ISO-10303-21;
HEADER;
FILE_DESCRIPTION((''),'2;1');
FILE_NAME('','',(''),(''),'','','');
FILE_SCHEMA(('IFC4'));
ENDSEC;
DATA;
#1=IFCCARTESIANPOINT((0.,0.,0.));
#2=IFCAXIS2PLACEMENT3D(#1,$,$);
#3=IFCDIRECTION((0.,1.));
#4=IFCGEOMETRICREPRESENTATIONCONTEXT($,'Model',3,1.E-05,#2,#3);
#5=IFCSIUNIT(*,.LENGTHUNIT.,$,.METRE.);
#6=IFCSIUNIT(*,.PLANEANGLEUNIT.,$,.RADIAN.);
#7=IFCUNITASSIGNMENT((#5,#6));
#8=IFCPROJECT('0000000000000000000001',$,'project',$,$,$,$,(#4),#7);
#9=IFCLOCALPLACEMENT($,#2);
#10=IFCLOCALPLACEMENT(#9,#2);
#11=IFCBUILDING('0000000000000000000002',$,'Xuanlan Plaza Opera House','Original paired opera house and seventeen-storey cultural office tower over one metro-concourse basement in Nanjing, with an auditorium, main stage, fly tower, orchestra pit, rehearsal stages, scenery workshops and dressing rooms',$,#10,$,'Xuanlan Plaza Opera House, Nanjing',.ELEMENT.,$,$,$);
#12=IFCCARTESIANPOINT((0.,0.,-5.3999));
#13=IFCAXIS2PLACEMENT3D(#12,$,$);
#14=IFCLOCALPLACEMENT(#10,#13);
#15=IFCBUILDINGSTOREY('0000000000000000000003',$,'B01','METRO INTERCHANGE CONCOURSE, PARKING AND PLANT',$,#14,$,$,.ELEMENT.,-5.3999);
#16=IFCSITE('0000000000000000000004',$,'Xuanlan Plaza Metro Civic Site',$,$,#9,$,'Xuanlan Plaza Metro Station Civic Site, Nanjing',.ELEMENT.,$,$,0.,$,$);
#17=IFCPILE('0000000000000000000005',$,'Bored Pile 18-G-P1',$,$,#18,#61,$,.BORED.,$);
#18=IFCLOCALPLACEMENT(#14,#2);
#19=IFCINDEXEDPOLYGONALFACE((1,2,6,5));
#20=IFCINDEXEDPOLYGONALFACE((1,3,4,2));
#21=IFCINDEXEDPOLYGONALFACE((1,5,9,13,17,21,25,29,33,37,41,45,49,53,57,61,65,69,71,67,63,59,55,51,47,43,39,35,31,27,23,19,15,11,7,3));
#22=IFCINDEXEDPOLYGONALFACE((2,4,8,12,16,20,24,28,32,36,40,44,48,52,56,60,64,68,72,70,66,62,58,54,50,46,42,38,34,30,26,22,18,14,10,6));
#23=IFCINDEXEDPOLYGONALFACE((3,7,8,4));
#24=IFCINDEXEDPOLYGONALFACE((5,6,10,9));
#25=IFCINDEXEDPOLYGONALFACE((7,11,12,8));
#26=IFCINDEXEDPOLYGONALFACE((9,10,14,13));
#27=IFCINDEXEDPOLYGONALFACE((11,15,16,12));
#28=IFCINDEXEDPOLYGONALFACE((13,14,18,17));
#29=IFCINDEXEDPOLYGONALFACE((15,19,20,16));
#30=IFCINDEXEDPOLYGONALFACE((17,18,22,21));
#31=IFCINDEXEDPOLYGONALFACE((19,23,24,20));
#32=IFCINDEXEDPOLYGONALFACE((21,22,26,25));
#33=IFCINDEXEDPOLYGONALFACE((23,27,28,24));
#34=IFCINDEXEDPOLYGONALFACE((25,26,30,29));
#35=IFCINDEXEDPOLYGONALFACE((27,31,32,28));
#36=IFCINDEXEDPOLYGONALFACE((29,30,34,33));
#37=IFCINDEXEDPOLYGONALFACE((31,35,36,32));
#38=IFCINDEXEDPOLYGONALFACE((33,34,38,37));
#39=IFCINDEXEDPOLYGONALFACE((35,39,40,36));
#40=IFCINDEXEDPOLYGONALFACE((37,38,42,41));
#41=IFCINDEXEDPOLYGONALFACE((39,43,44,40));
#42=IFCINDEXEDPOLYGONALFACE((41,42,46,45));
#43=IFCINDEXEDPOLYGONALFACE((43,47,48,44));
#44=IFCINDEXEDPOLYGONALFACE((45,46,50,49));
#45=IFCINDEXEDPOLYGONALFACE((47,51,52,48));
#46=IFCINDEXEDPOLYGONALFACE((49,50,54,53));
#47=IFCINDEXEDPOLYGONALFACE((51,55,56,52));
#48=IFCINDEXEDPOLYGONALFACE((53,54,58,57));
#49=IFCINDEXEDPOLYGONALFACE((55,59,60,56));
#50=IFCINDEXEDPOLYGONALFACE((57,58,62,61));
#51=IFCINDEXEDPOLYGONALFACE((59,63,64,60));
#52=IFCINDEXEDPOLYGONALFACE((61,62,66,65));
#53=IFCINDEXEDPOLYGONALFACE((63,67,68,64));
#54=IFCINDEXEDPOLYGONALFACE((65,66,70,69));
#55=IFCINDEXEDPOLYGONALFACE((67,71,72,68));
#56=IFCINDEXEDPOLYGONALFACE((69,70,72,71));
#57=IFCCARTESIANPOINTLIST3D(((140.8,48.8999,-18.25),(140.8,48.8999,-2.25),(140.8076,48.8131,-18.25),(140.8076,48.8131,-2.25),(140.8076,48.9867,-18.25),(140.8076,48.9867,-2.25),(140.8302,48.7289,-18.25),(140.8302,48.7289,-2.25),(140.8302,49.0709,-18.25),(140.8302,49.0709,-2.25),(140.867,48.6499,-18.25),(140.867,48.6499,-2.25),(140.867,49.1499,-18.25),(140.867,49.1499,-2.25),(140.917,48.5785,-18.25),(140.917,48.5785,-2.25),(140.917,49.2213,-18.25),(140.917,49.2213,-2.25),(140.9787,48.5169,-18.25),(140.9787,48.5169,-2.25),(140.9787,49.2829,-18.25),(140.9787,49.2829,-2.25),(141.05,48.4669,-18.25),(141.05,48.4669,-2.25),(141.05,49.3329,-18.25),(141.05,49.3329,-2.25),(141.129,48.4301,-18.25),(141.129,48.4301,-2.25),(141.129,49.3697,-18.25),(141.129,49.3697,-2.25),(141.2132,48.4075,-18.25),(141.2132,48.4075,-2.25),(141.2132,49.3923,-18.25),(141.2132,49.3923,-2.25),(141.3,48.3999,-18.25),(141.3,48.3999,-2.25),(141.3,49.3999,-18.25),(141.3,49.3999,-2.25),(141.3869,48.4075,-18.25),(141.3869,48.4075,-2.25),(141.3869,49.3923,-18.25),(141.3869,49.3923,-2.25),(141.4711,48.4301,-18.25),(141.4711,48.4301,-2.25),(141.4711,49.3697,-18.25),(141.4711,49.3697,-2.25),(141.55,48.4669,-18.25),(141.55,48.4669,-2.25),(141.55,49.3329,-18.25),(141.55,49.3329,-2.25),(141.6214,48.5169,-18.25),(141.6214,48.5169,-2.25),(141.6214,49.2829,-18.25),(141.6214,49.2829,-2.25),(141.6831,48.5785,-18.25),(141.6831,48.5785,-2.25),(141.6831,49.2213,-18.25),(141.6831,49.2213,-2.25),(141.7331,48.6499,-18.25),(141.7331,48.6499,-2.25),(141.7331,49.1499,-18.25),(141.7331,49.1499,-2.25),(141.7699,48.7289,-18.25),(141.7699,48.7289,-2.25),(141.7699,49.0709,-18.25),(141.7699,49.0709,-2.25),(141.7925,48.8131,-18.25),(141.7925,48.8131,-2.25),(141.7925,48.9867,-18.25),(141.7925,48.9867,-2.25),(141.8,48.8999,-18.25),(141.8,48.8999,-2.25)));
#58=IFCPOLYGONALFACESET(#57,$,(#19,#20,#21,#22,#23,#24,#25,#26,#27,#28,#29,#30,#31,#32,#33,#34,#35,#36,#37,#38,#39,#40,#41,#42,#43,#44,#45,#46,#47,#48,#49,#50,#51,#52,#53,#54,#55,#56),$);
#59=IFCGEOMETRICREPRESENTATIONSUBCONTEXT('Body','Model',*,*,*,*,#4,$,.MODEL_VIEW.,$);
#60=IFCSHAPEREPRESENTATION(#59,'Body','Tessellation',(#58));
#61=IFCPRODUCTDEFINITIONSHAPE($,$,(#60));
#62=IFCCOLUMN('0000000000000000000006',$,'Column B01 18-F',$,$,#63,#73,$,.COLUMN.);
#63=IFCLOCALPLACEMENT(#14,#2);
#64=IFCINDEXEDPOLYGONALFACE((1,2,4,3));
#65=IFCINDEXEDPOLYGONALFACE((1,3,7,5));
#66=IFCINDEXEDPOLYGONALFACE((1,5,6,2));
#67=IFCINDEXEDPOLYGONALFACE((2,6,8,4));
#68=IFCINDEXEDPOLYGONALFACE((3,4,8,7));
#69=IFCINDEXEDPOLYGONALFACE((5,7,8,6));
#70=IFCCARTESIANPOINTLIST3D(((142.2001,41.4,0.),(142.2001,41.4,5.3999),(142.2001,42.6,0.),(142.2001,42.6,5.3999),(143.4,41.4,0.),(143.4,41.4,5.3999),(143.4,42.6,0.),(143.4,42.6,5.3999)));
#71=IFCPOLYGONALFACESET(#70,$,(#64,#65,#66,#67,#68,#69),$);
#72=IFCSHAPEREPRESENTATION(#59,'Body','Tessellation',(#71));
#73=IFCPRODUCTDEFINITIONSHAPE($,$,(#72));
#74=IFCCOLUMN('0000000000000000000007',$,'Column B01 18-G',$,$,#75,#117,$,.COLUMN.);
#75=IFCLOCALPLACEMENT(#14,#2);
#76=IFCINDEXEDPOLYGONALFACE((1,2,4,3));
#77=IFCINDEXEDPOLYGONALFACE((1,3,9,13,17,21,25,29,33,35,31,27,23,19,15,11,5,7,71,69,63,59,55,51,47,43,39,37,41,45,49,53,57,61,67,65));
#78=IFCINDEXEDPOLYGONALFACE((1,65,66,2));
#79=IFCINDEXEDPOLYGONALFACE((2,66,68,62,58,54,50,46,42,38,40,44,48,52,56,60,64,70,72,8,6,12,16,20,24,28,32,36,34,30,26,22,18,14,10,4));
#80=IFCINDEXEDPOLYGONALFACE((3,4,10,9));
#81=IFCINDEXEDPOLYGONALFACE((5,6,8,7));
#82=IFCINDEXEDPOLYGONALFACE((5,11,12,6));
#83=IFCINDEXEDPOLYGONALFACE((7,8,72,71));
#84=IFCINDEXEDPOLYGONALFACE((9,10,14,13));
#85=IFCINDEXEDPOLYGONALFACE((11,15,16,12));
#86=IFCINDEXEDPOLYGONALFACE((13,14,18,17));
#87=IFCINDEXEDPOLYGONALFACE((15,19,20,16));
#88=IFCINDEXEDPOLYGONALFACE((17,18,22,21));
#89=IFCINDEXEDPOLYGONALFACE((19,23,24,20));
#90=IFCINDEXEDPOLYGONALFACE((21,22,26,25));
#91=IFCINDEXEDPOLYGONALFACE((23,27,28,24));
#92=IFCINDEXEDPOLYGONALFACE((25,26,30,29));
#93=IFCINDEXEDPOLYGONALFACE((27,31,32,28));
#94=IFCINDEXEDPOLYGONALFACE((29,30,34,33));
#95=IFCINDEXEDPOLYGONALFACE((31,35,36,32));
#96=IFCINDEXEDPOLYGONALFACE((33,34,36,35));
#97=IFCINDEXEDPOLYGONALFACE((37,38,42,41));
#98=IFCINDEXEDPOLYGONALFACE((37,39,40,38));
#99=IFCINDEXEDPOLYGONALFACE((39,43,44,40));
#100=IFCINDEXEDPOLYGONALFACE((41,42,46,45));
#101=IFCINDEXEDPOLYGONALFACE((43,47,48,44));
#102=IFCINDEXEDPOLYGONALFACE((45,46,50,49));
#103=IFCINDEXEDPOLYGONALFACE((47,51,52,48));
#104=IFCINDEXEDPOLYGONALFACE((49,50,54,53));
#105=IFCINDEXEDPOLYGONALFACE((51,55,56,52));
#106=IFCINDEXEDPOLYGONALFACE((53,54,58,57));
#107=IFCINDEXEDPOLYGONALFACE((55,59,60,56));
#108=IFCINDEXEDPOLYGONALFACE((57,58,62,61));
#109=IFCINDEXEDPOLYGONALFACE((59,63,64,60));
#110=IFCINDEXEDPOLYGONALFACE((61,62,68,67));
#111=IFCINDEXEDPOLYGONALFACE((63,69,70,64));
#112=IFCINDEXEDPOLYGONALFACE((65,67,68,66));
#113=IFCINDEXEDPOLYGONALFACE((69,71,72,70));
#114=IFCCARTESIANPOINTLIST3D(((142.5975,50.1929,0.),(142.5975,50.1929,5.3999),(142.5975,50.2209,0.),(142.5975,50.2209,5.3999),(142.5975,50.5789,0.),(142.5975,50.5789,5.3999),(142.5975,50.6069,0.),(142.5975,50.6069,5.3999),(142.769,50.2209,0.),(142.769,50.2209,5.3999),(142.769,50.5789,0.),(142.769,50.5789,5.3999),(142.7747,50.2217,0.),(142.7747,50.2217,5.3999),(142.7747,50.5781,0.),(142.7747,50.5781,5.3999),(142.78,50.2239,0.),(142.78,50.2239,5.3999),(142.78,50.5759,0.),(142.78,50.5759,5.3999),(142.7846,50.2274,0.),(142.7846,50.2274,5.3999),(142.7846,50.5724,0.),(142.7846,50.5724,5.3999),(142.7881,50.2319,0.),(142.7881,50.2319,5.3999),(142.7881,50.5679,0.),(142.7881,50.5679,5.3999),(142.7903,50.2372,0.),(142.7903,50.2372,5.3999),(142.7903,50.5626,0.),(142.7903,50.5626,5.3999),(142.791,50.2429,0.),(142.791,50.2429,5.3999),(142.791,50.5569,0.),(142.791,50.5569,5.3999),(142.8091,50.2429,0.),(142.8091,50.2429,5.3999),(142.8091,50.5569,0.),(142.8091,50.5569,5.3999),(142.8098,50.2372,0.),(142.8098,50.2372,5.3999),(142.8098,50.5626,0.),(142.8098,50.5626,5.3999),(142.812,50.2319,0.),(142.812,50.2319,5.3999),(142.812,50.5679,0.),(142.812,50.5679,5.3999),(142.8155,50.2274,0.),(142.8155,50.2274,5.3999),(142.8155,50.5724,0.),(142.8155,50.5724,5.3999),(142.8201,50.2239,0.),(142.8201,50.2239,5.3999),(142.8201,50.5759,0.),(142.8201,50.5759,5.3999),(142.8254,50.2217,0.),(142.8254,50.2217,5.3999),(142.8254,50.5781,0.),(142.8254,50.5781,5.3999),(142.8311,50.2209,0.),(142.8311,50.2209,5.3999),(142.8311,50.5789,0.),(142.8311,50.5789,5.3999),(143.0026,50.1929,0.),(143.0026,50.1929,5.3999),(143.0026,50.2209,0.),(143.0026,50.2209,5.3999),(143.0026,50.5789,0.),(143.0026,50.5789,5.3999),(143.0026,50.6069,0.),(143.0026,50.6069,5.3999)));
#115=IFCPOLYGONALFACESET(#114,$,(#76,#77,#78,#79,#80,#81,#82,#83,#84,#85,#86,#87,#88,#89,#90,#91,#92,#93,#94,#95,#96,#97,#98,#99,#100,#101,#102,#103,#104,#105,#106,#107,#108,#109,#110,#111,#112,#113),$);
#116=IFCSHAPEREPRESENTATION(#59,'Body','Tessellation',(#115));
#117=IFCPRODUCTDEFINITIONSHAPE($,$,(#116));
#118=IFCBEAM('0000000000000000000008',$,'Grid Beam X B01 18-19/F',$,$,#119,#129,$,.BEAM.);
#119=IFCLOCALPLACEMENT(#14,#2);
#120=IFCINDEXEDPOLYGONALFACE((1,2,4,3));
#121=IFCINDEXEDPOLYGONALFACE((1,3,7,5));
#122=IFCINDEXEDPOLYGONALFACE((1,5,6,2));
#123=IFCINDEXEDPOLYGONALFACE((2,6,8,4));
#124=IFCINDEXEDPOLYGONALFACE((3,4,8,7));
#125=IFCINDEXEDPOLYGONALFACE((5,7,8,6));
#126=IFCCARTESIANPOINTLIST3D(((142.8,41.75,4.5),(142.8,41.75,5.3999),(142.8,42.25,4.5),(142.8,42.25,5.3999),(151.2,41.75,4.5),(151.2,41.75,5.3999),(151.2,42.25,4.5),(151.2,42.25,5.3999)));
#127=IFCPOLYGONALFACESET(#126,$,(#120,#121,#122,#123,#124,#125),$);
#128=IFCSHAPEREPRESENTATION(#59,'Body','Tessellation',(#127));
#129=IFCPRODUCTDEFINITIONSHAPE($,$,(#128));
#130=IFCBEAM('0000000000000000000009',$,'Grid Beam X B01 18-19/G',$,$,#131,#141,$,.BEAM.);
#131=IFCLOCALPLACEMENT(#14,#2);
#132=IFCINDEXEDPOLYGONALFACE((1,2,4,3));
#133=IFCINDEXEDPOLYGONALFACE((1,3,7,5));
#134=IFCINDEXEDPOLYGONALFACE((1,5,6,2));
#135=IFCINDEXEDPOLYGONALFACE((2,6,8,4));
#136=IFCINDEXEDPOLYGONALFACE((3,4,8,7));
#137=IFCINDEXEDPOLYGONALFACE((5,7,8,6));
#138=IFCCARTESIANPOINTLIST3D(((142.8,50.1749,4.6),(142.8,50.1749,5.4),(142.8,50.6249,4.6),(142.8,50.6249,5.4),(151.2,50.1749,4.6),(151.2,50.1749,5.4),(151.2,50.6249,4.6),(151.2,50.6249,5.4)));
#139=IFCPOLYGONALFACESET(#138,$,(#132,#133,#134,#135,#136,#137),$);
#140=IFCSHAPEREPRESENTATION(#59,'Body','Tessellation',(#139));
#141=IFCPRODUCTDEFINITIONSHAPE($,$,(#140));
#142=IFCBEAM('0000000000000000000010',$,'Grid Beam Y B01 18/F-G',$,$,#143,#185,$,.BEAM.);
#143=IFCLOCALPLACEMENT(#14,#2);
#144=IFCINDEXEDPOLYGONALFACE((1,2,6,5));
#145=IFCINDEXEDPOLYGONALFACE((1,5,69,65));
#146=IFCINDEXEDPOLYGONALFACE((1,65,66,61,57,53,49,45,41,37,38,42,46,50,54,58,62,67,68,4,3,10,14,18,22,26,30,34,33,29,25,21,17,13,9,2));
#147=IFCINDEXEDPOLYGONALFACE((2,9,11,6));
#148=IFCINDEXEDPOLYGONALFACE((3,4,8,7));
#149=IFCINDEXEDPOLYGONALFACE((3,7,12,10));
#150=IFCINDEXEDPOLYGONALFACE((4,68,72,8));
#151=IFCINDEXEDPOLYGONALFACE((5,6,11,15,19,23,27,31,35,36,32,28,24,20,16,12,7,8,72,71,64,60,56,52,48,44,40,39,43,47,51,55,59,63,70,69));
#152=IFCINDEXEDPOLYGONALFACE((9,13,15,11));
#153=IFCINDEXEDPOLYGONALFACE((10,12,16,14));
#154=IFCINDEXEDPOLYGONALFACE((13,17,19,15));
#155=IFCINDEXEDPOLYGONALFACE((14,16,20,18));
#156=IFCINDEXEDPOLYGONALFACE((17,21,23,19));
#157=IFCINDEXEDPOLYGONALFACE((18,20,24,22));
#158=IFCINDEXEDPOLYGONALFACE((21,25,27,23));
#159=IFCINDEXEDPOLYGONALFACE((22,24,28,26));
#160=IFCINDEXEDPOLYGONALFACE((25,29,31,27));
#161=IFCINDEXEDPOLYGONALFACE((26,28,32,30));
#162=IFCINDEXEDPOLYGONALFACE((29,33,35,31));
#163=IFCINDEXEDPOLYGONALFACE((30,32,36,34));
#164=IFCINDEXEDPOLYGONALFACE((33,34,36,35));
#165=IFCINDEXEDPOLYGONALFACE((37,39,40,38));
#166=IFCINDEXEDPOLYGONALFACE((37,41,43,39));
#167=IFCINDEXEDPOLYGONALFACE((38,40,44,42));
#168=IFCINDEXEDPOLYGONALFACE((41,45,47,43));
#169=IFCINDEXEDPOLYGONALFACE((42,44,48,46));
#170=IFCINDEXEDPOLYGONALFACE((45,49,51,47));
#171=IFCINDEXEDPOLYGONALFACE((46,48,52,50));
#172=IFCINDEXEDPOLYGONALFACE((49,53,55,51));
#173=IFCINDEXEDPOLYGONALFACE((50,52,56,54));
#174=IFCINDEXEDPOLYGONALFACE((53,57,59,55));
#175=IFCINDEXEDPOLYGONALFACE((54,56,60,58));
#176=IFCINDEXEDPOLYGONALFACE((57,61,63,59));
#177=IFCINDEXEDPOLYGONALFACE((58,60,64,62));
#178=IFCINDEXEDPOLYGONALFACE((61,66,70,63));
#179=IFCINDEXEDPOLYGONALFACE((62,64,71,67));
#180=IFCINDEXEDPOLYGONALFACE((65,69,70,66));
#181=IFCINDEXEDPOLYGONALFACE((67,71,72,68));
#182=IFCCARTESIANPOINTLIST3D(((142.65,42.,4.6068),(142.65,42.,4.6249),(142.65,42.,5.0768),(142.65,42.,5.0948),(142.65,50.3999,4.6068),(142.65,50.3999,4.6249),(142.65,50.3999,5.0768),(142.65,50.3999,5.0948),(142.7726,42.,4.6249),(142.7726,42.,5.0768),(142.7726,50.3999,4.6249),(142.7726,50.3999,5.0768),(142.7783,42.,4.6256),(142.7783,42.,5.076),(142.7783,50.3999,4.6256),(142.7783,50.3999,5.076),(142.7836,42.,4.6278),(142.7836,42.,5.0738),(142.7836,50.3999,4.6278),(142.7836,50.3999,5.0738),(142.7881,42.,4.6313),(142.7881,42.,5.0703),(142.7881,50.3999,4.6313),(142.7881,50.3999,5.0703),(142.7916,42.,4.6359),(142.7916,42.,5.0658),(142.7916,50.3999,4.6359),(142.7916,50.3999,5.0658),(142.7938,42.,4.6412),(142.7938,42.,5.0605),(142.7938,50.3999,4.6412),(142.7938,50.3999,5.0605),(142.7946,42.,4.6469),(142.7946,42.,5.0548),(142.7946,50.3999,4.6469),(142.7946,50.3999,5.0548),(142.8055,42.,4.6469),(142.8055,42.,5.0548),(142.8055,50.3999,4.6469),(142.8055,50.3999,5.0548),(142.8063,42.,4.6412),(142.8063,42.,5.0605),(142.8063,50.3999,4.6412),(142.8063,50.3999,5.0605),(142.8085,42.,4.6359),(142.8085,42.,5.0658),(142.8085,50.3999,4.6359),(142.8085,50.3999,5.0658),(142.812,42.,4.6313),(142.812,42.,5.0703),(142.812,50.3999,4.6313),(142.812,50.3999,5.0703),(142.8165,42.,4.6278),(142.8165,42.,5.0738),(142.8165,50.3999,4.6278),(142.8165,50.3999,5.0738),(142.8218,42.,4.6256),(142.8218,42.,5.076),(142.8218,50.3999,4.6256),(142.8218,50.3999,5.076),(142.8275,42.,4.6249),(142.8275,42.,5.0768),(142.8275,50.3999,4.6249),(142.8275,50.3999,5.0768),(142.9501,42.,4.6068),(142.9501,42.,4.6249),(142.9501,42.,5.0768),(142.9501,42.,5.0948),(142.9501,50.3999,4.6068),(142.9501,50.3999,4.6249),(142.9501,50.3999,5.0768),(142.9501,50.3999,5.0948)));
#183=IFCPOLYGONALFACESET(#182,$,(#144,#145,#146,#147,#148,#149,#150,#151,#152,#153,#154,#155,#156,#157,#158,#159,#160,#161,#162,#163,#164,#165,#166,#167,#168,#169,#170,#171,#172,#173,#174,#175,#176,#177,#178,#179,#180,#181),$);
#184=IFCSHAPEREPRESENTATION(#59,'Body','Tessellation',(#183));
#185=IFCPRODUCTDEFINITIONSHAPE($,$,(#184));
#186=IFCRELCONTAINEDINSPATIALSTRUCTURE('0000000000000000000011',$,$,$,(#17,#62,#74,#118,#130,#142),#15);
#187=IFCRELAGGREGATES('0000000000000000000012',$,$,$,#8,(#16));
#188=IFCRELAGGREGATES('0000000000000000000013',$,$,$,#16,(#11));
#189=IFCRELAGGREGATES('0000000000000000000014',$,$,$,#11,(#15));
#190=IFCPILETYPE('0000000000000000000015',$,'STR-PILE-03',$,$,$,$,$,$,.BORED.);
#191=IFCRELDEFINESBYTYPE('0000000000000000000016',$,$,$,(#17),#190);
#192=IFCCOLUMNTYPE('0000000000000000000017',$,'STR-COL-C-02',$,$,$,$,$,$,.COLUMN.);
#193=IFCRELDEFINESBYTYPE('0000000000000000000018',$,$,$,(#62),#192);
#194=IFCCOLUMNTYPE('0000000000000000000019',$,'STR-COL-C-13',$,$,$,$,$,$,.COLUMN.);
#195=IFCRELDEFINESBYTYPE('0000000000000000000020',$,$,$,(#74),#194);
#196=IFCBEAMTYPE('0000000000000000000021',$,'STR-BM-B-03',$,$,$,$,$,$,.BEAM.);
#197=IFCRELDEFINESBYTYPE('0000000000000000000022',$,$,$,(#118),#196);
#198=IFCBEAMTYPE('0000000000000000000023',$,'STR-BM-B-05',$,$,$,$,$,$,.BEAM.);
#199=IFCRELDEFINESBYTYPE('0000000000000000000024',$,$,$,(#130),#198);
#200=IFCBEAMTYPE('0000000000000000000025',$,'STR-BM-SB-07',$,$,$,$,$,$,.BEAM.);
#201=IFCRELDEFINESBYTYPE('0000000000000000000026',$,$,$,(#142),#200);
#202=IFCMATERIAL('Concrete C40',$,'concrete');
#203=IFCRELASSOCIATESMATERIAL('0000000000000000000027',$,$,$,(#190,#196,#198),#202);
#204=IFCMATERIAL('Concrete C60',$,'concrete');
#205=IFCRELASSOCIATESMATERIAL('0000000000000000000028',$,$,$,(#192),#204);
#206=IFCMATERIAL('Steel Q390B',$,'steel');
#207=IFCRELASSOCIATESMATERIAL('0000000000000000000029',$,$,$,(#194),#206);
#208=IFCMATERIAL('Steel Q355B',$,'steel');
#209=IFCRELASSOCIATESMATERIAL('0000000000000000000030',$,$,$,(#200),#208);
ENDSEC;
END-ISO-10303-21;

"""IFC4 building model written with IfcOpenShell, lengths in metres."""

from ifc_helpers import new_model, si_unit, direction, frame, origin, origin_2d, place, context, subcontext, project, spatial, rectangle, circle, i_section, extrude, material, material_profile, profile_set, type_object, element, save


model = new_model("IFC4")

# Units and contexts
model_context = context("Model", 3, precision=1e-05, world=origin(), true_north=direction((0.0, 1.0)))
body_context = subcontext(model_context, "Body", "Model", "MODEL_VIEW")
ifc_project = project(units=[si_unit("LENGTHUNIT", "METRE"), si_unit("PLANEANGLEUNIT", "RADIAN")], contexts=[model_context])

# Site, building, storey
site_placement = place(None, origin())
site = spatial("IfcSite", under=ifc_project, at=site_placement, Name="Xuanlan Plaza Metro Civic Site", LongName="Xuanlan Plaza Metro Station Civic Site, Nanjing", CompositionType="ELEMENT", RefElevation=0.0)
building_placement = place(site_placement, origin())
building = spatial("IfcBuilding", under=site, at=building_placement, Name="Xuanlan Plaza Opera House", Description="Original paired opera house and seventeen-storey cultural office tower over one metro-concourse basement in Nanjing, with an auditorium, main stage, fly tower, orchestra pit, rehearsal stages, scenery workshops and dressing rooms", LongName="Xuanlan Plaza Opera House, Nanjing", CompositionType="ELEMENT")
storey_placement = place(building_placement, frame((0.0, 0.0, -5.3999)))
storey = spatial("IfcBuildingStorey", under=building, at=storey_placement, Name="B01", Description="METRO INTERCHANGE CONCOURSE, PARKING AND PLANT", CompositionType="ELEMENT", Elevation=-5.3999)

# Pile
ifc_material_1 = material(Name="Concrete C40", Category="concrete")
ifc_material_profile_1 = material_profile(ifc_material_1, circle(Radius=0.5, at=origin_2d()), Name="PILE D1000")
ifc_profile_set_1 = profile_set([ifc_material_profile_1], Name="Concrete C40")
pile_type = type_object("IfcPileType", Name="STR-PILE-03", PredefinedType="BORED", material=ifc_profile_set_1)
for number, where, z_axis, x_axis, name in (
    (1, (141.3, 48.8999, -2.25), (0.0, 0.0, -1.0), (1.0, 0.0, 0.0), "Bored Pile 18-G-P1"),
):
    element("IfcPile", number, at=place(storey_placement, frame(where, z_axis=z_axis, x_axis=x_axis)), inside=storey, type_object=pile_type, Name=name, PredefinedType="BORED", context=body_context, shape_type="SweptSolid", body=[
        extrude(circle(Radius=0.5, at=origin_2d()), origin(), (0.0, 0.0, 1.0), 16.0),
    ])

# Columns
ifc_material_2 = material(Name="Concrete C60", Category="concrete")
ifc_material_profile_2 = material_profile(ifc_material_2, rectangle(XDim=1.2, YDim=1.2, at=origin_2d()), Name="RC-COL 1200x1200")
ifc_profile_set_2 = profile_set([ifc_material_profile_2], Name="Concrete C60")
column_type_1 = type_object("IfcColumnType", Name="STR-COL-C-02", PredefinedType="COLUMN", material=ifc_profile_set_2)
column_1_placement = place(storey_placement, frame((142.8, 42.0, 0.0), z_axis=(0.0, 0.0, 1.0), x_axis=(1.0, 0.0, 0.0)))
element("IfcColumn", 2, at=column_1_placement, inside=storey, type_object=column_type_1, Name="Column B01 18-F", PredefinedType="COLUMN", context=body_context, shape_type="SweptSolid", body=[
    extrude(rectangle(XDim=1.2, YDim=1.2, at=origin_2d()), origin(), (0.0, 0.0, 1.0), 5.3999),
])
ifc_material_3 = material(Name="Steel Q390B", Category="steel")
ifc_material_profile_3 = material_profile(ifc_material_3, i_section(OverallWidth=0.405, OverallDepth=0.4141, WebThickness=0.0181, FlangeThickness=0.0281, FilletRadius=0.022, at=origin_2d()), Name="HW 414x405x18x28")
ifc_profile_set_3 = profile_set([ifc_material_profile_3], Name="Steel Q390B")
column_type_2 = type_object("IfcColumnType", Name="STR-COL-C-13", PredefinedType="COLUMN", material=ifc_profile_set_3)
column_2_placement = place(storey_placement, frame((142.8, 50.3999, 0.0), z_axis=(0.0, 0.0, 1.0), x_axis=(1.0, 0.0, 0.0)))
element("IfcColumn", 3, at=column_2_placement, inside=storey, type_object=column_type_2, Name="Column B01 18-G", PredefinedType="COLUMN", context=body_context, shape_type="SweptSolid", body=[
    extrude(i_section(OverallWidth=0.405, OverallDepth=0.4141, WebThickness=0.0181, FlangeThickness=0.0281, FilletRadius=0.022, at=origin_2d()), origin(), (0.0, 0.0, 1.0), 5.3999),
])

# Beams
ifc_material_profile_4 = material_profile(ifc_material_1, rectangle(XDim=0.5, YDim=0.8999, at=origin_2d()), Name="RC-BM 500x900")
ifc_profile_set_4 = profile_set([ifc_material_profile_4], Name="Concrete C40")
beam_type_1 = type_object("IfcBeamType", Name="STR-BM-B-03", PredefinedType="BEAM", material=ifc_profile_set_4)
beam_1_placement = place(storey_placement, frame((142.8, 42.0, 4.95), z_axis=(1.0, 0.0, 0.0), x_axis=(0.0, 1.0, 0.0)))
element("IfcBeam", 4, at=beam_1_placement, inside=storey, type_object=beam_type_1, Name="Grid Beam X B01 18-19/F", PredefinedType="BEAM", context=body_context, shape_type="SweptSolid", body=[
    extrude(rectangle(XDim=0.5, YDim=0.8999, at=origin_2d()), origin(), (0.0, 0.0, 1.0), 8.3999),
])
ifc_material_profile_5 = material_profile(ifc_material_1, rectangle(XDim=0.45, YDim=0.8, at=origin_2d()), Name="RC-BM 450x800")
ifc_profile_set_5 = profile_set([ifc_material_profile_5], Name="Concrete C40")
beam_type_2 = type_object("IfcBeamType", Name="STR-BM-B-05", PredefinedType="BEAM", material=ifc_profile_set_5)
beam_2_placement = place(storey_placement, frame((142.8, 50.3999, 5.0), z_axis=(1.0, 0.0, 0.0), x_axis=(0.0, 1.0, 0.0)))
element("IfcBeam", 5, at=beam_2_placement, inside=storey, type_object=beam_type_2, Name="Grid Beam X B01 18-19/G", PredefinedType="BEAM", context=body_context, shape_type="SweptSolid", body=[
    extrude(rectangle(XDim=0.45, YDim=0.8, at=origin_2d()), origin(), (0.0, 0.0, 1.0), 8.3999),
])
ifc_material_4 = material(Name="Steel Q355B", Category="steel")
ifc_material_profile_6 = material_profile(ifc_material_4, i_section(OverallWidth=0.3, OverallDepth=0.488, WebThickness=0.011, FlangeThickness=0.0181, FilletRadius=0.022, at=origin_2d()), Name="HM 488x300x11x18")
ifc_profile_set_6 = profile_set([ifc_material_profile_6], Name="Steel Q355B")
beam_type_3 = type_object("IfcBeamType", Name="STR-BM-SB-07", PredefinedType="BEAM", material=ifc_profile_set_6)
beam_3_placement = place(storey_placement, frame((142.8, 42.0, 4.8508), z_axis=(0.0, 1.0, 0.0), x_axis=(-1.0, 0.0, 0.0)))
element("IfcBeam", 6, at=beam_3_placement, inside=storey, type_object=beam_type_3, Name="Grid Beam Y B01 18/F-G", PredefinedType="BEAM", context=body_context, shape_type="SweptSolid", body=[
    extrude(i_section(OverallWidth=0.3, OverallDepth=0.488, WebThickness=0.011, FlangeThickness=0.0181, FilletRadius=0.022, at=origin_2d()), origin(), (0.0, 0.0, 1.0), 8.3999),
])

save(model, "model.ifc")
